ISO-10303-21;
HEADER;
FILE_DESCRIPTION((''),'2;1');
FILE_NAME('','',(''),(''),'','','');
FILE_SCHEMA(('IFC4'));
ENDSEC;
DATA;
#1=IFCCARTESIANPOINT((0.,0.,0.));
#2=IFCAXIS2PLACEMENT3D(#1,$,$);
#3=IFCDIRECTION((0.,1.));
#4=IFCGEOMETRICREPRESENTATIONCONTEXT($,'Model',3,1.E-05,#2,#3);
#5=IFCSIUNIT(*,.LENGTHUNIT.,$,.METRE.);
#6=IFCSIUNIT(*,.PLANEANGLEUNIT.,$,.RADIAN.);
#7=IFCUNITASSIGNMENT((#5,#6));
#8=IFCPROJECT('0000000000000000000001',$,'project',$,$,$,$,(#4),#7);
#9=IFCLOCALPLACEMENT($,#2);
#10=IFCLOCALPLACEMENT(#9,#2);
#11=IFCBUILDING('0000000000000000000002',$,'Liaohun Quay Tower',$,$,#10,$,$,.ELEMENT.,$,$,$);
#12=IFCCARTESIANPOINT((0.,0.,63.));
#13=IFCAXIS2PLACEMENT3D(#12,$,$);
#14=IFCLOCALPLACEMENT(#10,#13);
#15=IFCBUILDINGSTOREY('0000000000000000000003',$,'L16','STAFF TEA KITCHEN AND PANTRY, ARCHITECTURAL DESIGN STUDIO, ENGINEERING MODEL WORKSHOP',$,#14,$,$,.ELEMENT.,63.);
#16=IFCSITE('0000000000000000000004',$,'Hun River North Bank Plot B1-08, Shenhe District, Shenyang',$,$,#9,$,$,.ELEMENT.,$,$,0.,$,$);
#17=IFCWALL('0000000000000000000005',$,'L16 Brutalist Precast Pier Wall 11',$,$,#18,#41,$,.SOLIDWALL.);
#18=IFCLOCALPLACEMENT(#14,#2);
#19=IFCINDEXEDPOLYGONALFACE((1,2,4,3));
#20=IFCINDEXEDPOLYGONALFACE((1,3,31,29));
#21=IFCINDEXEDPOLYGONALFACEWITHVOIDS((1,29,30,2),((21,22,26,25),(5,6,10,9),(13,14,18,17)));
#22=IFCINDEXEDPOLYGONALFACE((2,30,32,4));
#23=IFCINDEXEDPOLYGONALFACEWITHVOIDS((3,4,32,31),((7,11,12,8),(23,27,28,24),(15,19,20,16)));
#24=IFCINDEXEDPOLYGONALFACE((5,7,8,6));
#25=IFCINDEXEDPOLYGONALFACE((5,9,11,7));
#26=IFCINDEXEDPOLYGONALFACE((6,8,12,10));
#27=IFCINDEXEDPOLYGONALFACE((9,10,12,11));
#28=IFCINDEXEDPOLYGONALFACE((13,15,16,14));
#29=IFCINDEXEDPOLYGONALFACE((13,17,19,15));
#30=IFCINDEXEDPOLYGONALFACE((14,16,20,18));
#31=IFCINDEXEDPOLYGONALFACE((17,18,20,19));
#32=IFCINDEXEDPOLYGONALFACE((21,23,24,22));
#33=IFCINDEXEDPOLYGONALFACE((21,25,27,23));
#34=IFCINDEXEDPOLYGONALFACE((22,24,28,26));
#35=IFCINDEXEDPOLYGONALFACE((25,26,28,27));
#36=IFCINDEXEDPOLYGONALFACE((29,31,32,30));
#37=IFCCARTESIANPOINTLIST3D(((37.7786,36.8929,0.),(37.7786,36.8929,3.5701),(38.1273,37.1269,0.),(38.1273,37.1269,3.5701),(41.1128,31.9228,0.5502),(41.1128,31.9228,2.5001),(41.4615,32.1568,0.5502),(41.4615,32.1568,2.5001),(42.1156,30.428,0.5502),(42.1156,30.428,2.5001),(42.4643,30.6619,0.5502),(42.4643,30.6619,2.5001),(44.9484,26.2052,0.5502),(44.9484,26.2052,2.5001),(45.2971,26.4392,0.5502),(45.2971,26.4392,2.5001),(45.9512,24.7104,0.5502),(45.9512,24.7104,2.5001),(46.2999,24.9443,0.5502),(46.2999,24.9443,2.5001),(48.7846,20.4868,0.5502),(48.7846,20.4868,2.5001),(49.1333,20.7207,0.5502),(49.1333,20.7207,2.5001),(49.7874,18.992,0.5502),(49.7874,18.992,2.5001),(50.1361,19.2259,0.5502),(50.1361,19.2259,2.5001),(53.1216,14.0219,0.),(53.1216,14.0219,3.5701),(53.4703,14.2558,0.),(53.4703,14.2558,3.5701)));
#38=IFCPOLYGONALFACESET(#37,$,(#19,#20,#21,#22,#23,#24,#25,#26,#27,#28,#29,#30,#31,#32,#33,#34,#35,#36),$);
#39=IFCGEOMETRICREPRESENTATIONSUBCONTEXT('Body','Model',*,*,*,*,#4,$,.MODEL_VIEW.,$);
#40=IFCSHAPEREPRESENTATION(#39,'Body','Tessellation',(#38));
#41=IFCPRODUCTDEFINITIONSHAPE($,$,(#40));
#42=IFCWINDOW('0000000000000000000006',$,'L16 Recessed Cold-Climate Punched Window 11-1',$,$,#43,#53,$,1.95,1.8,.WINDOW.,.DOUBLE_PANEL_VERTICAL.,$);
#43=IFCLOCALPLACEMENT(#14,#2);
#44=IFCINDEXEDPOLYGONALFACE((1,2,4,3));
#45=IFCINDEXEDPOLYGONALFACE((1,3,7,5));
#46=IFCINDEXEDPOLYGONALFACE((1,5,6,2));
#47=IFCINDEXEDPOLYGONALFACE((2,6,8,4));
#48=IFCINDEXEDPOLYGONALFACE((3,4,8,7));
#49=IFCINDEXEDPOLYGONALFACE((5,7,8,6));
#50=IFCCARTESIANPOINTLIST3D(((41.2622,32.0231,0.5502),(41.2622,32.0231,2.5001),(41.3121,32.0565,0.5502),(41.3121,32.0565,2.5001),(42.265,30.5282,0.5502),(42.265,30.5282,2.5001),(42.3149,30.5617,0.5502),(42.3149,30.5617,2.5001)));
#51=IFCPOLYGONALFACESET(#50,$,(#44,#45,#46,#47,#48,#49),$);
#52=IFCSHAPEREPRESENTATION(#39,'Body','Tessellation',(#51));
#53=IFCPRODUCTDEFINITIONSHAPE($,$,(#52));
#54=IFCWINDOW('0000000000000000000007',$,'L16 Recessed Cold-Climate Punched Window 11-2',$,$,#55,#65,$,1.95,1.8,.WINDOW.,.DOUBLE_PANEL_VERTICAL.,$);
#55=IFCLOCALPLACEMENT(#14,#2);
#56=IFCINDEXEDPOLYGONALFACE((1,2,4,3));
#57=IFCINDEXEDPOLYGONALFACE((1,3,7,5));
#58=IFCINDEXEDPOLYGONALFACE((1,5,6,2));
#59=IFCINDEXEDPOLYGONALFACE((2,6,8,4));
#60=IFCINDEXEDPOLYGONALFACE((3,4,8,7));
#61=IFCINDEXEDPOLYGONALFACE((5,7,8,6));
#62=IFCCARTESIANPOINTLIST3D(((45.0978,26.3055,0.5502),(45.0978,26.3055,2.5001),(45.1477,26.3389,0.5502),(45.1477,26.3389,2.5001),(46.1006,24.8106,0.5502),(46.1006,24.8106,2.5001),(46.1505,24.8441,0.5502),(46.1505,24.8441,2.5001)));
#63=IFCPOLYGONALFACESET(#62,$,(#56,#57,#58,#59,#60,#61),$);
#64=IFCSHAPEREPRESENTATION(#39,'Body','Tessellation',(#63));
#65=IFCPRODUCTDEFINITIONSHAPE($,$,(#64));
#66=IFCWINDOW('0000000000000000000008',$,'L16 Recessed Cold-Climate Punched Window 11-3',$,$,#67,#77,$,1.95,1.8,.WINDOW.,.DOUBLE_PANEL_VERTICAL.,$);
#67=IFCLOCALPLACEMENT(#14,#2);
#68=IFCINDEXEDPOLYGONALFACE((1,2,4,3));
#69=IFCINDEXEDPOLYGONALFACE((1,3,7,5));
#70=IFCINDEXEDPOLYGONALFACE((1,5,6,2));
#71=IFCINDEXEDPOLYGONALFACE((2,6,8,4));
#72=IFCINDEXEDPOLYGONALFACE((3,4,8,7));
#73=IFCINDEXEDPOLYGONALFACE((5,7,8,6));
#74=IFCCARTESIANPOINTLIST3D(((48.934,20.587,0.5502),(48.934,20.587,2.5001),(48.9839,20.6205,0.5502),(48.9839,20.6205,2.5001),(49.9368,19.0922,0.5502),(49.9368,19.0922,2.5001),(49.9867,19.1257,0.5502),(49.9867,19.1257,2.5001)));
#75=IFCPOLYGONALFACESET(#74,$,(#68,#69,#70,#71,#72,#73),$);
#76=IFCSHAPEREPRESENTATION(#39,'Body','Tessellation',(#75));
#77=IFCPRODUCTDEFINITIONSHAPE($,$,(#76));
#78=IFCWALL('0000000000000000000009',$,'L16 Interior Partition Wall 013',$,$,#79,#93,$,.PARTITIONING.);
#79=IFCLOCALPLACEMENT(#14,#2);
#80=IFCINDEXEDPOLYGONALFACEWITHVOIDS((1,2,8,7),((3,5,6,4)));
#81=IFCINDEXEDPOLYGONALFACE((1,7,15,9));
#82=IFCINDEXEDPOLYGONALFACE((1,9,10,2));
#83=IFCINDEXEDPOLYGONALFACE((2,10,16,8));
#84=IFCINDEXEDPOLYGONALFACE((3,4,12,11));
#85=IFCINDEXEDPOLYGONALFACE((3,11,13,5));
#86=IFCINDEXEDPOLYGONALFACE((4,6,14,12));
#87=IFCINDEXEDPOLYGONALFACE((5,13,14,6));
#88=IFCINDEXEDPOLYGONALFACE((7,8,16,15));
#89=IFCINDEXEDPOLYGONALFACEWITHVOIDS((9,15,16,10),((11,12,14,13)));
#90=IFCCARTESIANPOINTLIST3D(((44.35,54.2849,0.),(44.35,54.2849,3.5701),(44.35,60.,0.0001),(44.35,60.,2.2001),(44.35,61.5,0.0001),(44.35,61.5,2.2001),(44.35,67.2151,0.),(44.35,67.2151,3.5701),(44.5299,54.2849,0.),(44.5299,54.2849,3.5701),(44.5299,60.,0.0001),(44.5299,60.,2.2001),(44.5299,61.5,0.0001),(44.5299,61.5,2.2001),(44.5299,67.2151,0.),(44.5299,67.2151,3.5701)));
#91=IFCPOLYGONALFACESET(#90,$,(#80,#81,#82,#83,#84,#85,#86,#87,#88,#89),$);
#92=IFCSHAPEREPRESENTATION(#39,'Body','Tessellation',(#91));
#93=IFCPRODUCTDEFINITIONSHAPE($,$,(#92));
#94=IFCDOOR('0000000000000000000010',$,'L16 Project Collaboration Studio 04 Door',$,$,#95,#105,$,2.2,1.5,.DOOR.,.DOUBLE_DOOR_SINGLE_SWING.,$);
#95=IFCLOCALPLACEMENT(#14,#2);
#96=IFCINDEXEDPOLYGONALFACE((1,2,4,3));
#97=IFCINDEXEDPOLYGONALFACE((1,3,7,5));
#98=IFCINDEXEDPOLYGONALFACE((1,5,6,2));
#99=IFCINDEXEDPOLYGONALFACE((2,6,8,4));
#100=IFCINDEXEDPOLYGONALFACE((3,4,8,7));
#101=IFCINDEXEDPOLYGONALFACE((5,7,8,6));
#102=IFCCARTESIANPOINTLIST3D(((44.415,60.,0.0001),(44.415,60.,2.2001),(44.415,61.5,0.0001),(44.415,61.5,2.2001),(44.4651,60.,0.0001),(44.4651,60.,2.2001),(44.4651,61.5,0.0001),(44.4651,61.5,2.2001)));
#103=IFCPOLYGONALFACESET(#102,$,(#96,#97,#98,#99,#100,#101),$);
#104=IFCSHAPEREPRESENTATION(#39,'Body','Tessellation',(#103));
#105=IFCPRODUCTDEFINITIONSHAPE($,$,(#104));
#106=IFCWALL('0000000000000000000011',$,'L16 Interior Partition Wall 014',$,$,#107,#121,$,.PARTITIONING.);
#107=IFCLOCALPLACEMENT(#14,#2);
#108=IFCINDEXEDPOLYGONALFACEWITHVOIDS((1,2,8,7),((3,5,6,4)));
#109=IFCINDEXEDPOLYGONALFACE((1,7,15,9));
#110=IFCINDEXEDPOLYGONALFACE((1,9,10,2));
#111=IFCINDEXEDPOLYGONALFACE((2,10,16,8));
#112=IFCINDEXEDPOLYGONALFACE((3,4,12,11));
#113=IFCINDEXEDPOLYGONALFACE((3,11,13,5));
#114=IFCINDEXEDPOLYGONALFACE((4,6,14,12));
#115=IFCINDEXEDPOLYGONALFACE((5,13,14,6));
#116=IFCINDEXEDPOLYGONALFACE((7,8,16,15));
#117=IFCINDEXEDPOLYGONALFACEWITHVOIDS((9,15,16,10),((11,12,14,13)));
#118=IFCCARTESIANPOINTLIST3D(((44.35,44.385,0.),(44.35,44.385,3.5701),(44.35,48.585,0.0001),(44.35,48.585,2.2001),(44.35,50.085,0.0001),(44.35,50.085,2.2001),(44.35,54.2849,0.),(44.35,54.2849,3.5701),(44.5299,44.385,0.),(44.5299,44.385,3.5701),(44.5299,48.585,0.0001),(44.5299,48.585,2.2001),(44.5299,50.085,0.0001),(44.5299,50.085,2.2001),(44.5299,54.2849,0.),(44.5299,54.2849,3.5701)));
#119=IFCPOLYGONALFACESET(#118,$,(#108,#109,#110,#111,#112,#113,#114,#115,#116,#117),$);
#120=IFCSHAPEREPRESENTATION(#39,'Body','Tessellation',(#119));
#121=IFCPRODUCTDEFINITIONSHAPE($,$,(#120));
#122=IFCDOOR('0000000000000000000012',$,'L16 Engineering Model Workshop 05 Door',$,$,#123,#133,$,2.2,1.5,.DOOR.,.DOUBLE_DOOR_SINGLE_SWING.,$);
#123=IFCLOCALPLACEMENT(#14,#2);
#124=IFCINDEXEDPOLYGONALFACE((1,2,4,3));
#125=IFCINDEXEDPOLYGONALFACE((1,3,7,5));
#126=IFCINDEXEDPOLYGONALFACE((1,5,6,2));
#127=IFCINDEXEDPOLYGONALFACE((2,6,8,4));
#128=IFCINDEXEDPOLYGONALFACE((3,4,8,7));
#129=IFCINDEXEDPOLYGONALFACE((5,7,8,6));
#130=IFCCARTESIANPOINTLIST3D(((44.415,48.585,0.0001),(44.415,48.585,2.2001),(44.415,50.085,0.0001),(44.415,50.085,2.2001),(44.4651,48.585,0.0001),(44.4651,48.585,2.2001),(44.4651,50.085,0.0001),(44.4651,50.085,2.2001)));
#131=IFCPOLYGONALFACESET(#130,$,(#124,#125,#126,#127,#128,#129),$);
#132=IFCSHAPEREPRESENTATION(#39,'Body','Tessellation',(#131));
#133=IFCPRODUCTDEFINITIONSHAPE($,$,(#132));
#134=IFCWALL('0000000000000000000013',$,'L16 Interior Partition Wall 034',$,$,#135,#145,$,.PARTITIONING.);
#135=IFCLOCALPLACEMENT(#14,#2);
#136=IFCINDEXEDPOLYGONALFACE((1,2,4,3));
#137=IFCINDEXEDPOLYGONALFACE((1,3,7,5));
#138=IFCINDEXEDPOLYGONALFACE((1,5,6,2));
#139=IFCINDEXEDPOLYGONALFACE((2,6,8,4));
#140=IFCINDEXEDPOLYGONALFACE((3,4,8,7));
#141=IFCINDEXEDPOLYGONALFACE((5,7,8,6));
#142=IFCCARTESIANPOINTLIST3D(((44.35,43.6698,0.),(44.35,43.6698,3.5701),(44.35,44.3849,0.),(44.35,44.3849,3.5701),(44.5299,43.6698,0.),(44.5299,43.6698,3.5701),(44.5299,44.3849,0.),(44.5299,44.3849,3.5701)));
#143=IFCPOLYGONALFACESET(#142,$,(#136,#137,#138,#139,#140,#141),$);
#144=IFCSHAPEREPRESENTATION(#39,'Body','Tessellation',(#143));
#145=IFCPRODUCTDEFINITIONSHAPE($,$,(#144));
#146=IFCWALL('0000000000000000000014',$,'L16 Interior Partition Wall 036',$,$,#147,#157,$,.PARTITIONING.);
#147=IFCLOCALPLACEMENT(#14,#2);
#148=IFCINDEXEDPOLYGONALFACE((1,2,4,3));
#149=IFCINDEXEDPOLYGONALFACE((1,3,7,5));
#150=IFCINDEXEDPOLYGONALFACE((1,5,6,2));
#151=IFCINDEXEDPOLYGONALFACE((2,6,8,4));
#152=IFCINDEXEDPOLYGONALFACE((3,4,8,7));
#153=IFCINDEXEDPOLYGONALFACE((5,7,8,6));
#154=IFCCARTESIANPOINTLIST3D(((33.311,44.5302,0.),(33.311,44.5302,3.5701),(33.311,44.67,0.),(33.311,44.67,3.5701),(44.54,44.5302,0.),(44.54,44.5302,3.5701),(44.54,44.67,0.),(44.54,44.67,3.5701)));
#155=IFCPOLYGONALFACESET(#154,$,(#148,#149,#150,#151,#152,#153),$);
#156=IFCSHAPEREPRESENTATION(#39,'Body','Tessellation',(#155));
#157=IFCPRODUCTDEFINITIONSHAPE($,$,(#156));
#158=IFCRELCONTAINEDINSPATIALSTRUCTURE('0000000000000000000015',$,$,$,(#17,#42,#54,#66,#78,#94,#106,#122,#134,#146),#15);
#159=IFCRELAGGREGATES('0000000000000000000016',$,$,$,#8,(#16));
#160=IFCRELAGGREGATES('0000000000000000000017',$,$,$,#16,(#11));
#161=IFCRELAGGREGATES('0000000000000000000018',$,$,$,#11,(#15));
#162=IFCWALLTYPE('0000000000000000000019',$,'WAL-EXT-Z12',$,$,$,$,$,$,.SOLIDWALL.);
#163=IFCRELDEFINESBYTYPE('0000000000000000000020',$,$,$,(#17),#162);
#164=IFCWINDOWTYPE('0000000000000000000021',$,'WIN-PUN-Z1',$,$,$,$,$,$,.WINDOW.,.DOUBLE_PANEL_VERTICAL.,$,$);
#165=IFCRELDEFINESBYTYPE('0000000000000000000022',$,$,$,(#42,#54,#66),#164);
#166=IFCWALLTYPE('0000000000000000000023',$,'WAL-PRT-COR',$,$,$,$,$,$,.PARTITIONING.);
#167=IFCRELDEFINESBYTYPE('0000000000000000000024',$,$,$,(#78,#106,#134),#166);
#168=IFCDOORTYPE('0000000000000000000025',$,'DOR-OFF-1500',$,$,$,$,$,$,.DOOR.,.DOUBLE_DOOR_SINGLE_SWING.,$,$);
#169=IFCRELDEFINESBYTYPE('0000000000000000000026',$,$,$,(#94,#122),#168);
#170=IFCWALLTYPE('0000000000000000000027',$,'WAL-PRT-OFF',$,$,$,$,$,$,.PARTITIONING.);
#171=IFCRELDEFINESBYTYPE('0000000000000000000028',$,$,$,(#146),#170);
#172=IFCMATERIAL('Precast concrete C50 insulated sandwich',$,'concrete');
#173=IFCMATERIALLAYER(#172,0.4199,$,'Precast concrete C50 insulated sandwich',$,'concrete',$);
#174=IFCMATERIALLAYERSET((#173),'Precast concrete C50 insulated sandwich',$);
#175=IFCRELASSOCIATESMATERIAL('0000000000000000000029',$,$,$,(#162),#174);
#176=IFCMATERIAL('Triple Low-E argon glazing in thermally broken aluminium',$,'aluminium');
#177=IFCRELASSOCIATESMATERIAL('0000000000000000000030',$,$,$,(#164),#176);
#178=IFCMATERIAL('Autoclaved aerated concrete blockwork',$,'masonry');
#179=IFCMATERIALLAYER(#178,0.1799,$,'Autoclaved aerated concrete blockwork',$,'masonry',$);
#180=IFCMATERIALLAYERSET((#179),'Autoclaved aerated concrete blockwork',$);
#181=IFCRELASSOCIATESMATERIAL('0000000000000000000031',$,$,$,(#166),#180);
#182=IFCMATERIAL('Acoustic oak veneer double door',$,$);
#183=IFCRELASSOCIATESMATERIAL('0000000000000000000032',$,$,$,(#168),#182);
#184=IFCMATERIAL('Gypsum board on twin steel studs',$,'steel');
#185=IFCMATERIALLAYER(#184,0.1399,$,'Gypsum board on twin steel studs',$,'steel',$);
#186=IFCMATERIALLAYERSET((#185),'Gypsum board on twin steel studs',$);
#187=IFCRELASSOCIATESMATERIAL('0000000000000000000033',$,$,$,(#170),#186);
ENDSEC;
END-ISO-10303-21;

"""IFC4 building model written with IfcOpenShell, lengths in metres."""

from ifc_helpers import new_model, si_unit, direction, frame, frame_2d, origin, place, context, subcontext, project, spatial, rectangle, extrude, source, transform, mapped, material, layer, layer_set, type_object, element, fill, save


model = new_model("IFC4")

# Units and contexts
model_context = context("Model", 3, precision=1e-05, world=origin(), true_north=direction((0.0, 1.0)))
body_context = subcontext(model_context, "Body", "Model", "MODEL_VIEW")
ifc_project = project(units=[si_unit("LENGTHUNIT", "METRE"), si_unit("PLANEANGLEUNIT", "RADIAN")], contexts=[model_context])

# Site, building, storey
site_placement = place(None, origin())
site = spatial("IfcSite", under=ifc_project, at=site_placement, Name="Hun River North Bank Plot B1-08, Shenhe District, Shenyang", CompositionType="ELEMENT", RefElevation=0.0)
building_placement = place(site_placement, origin())
building = spatial("IfcBuilding", under=site, at=building_placement, Name="Liaohun Quay Tower", CompositionType="ELEMENT")
storey_placement = place(building_placement, frame((0.0, 0.0, 63.0)))
storey = spatial("IfcBuildingStorey", under=building, at=storey_placement, Name="L16", Description="STAFF TEA KITCHEN AND PANTRY, ARCHITECTURAL DESIGN STUDIO, ENGINEERING MODEL WORKSHOP", CompositionType="ELEMENT", Elevation=63.0)

# Wall, openings, windows
ifc_material_1 = material(Name="Precast concrete C50 insulated sandwich", Category="concrete")
ifc_layer_1 = layer(ifc_material_1, 0.4199, Name="Precast concrete C50 insulated sandwich", Category="concrete")
ifc_layer_set_1 = layer_set([ifc_layer_1], Name="Precast concrete C50 insulated sandwich")
wall_type_1 = type_object("IfcWallType", Name="WAL-EXT-Z12", PredefinedType="SOLIDWALL", material=ifc_layer_set_1)
wall_1_placement = place(storey_placement, frame((37.9529, 37.01, 0.0), z_axis=(0.0, 0.0, 1.0), x_axis=(0.557102, -0.830444, 0.0)))
wall_1 = element("IfcWall", 1, at=wall_1_placement, inside=storey, type_object=wall_type_1, Name="L16 Brutalist Precast Pier Wall 11", PredefinedType="SOLIDWALL", context=body_context, shape_type="SweptSolid", body=[
    extrude(rectangle(XDim=27.5408, YDim=0.4199, at=frame_2d((13.7705, 0.0))), origin(), (0.0, 0.0, 1.0), 3.5701),
])
shared_shape_1 = source(origin(), body_context, "Body", "SweptSolid", [
    extrude(rectangle(XDim=1.8, YDim=1.95, at=frame_2d((0.8999, 0.9751))), frame((0.0, 0.22, 0.0), z_axis=(0.0, -1.0, 0.0), x_axis=(1.0, 0.0, 0.0)), (0.0, 0.0, 1.0), 0.4399),
])
opening_1_placement = place(wall_1_placement, frame((5.9851, 0.0, 0.55)))
opening_1 = element("IfcOpeningElement", 2, at=opening_1_placement, cuts=wall_1, PredefinedType="OPENING", context=body_context, shape_type="MappedRepresentation", body=[
    mapped(shared_shape_1, transform((0.0, 0.0, 0.0), x_axis=(1.0, 0.0, 0.0), y_axis=(0.0, 1.0, 0.0), z_axis=(0.0, 0.0, 1.0), scale=1.0)),
])
opening_2_placement = place(wall_1_placement, frame((12.8701, 0.0, 0.55)))
opening_2 = element("IfcOpeningElement", 3, at=opening_2_placement, cuts=wall_1, PredefinedType="OPENING", context=body_context, shape_type="MappedRepresentation", body=[
    mapped(shared_shape_1, transform((0.0, 0.0, 0.0), x_axis=(1.0, 0.0, 0.0), y_axis=(0.0, 1.0, 0.0), z_axis=(0.0, 0.0, 1.0), scale=1.0)),
])
opening_3_placement = place(wall_1_placement, frame((19.7561, 0.0, 0.55)))
opening_3 = element("IfcOpeningElement", 4, at=opening_3_placement, cuts=wall_1, PredefinedType="OPENING", context=body_context, shape_type="MappedRepresentation", body=[
    mapped(shared_shape_1, transform((0.0, 0.0, 0.0), x_axis=(1.0, 0.0, 0.0), y_axis=(0.0, 1.0, 0.0), z_axis=(0.0, 0.0, 1.0), scale=1.0)),
])
ifc_material_2 = material(Name="Triple Low-E argon glazing in thermally broken aluminium", Category="aluminium")
window_type = type_object("IfcWindowType", Name="WIN-PUN-Z1", PartitioningType="DOUBLE_PANEL_VERTICAL", PredefinedType="WINDOW", material=ifc_material_2)
shared_shape_2 = source(origin(), body_context, "Body", "SweptSolid", [
    extrude(rectangle(XDim=1.8, YDim=1.95, at=frame_2d((0.8999, 0.9751))), frame((0.0, 0.03, 0.0), z_axis=(0.0, -1.0, 0.0), x_axis=(1.0, 0.0, 0.0)), (0.0, 0.0, 1.0), 0.0601),
])
window_1_placement = place(opening_1_placement, origin())
window_1 = element("IfcWindow", 5, at=window_1_placement, inside=storey, type_object=window_type, Name="L16 Recessed Cold-Climate Punched Window 11-1", OverallHeight=1.95, OverallWidth=1.8, PartitioningType="DOUBLE_PANEL_VERTICAL", PredefinedType="WINDOW", context=body_context, shape_type="MappedRepresentation", body=[
    mapped(shared_shape_2, transform((0.0, 0.0, 0.0), x_axis=(1.0, 0.0, 0.0), y_axis=(0.0, 1.0, 0.0), z_axis=(0.0, 0.0, 1.0), scale=1.0)),
])
fill(opening_1, window_1)
window_2_placement = place(opening_2_placement, origin())
window_2 = element("IfcWindow", 6, at=window_2_placement, inside=storey, type_object=window_type, Name="L16 Recessed Cold-Climate Punched Window 11-2", OverallHeight=1.95, OverallWidth=1.8, PartitioningType="DOUBLE_PANEL_VERTICAL", PredefinedType="WINDOW", context=body_context, shape_type="MappedRepresentation", body=[
    mapped(shared_shape_2, transform((0.0, 0.0, 0.0), x_axis=(1.0, 0.0, 0.0), y_axis=(0.0, 1.0, 0.0), z_axis=(0.0, 0.0, 1.0), scale=1.0)),
])
fill(opening_2, window_2)
window_3_placement = place(opening_3_placement, origin())
window_3 = element("IfcWindow", 7, at=window_3_placement, inside=storey, type_object=window_type, Name="L16 Recessed Cold-Climate Punched Window 11-3", OverallHeight=1.95, OverallWidth=1.8, PartitioningType="DOUBLE_PANEL_VERTICAL", PredefinedType="WINDOW", context=body_context, shape_type="MappedRepresentation", body=[
    mapped(shared_shape_2, transform((0.0, 0.0, 0.0), x_axis=(1.0, 0.0, 0.0), y_axis=(0.0, 1.0, 0.0), z_axis=(0.0, 0.0, 1.0), scale=1.0)),
])
fill(opening_3, window_3)

# Walls, openings, doors
ifc_material_3 = material(Name="Autoclaved aerated concrete blockwork", Category="masonry")
ifc_layer_2 = layer(ifc_material_3, 0.1799, Name="Autoclaved aerated concrete blockwork", Category="masonry")
ifc_layer_set_2 = layer_set([ifc_layer_2], Name="Autoclaved aerated concrete blockwork")
wall_type_2 = type_object("IfcWallType", Name="WAL-PRT-COR", PredefinedType="PARTITIONING", material=ifc_layer_set_2)
wall_2_placement = place(storey_placement, frame((44.4399, 54.2849, 0.0), z_axis=(0.0, 0.0, 1.0), x_axis=(0.0, 1.0, 0.0)))
wall_2 = element("IfcWall", 8, at=wall_2_placement, inside=storey, type_object=wall_type_2, Name="L16 Interior Partition Wall 013", PredefinedType="PARTITIONING", context=body_context, shape_type="SweptSolid", body=[
    extrude(rectangle(XDim=12.9302, YDim=0.1799, at=frame_2d((6.4651, 0.0))), origin(), (0.0, 0.0, 1.0), 3.5701),
])
shared_shape_3 = source(origin(), body_context, "Body", "SweptSolid", [
    extrude(rectangle(XDim=1.5, YDim=2.2, at=frame_2d((0.75, 1.1001))), frame((0.0, 0.0999, 0.0), z_axis=(0.0, -1.0, 0.0), x_axis=(1.0, 0.0, 0.0)), (0.0, 0.0, 1.0), 0.2),
])
opening_4_placement = place(wall_2_placement, frame((5.7151, 0.0, 0.0)))
opening_4 = element("IfcOpeningElement", 9, at=opening_4_placement, cuts=wall_2, PredefinedType="OPENING", context=body_context, shape_type="MappedRepresentation", body=[
    mapped(shared_shape_3, transform((0.0, 0.0, 0.0), x_axis=(1.0, 0.0, 0.0), y_axis=(0.0, 1.0, 0.0), z_axis=(0.0, 0.0, 1.0), scale=1.0)),
])
ifc_material_4 = material(Name="Acoustic oak veneer double door")
door_type_1 = type_object("IfcDoorType", Name="DOR-OFF-1500", OperationType="DOUBLE_DOOR_SINGLE_SWING", PredefinedType="DOOR", material=ifc_material_4)
shared_shape_4 = source(origin(), body_context, "Body", "SweptSolid", [
    extrude(rectangle(XDim=1.5, YDim=2.2, at=frame_2d((0.75, 1.1001))), frame((0.0, 0.0249, 0.0), z_axis=(0.0, -1.0, 0.0), x_axis=(1.0, 0.0, 0.0)), (0.0, 0.0, 1.0), 0.05),
])
door_1_placement = place(opening_4_placement, origin())
door_1 = element("IfcDoor", 10, at=door_1_placement, inside=storey, type_object=door_type_1, Name="L16 Project Collaboration Studio 04 Door", OperationType="DOUBLE_DOOR_SINGLE_SWING", OverallHeight=2.2, OverallWidth=1.5, PredefinedType="DOOR", context=body_context, shape_type="MappedRepresentation", body=[
    mapped(shared_shape_4, transform((0.0, 0.0, 0.0), x_axis=(1.0, 0.0, 0.0), y_axis=(0.0, 1.0, 0.0), z_axis=(0.0, 0.0, 1.0), scale=1.0)),
])
fill(opening_4, door_1)
wall_3_placement = place(storey_placement, frame((44.4399, 44.385, 0.0), z_axis=(0.0, 0.0, 1.0), x_axis=(0.0, 1.0, 0.0)))
wall_3 = element("IfcWall", 11, at=wall_3_placement, inside=storey, type_object=wall_type_2, Name="L16 Interior Partition Wall 014", PredefinedType="PARTITIONING", context=body_context, shape_type="SweptSolid", body=[
    extrude(rectangle(XDim=9.8999, YDim=0.1799, at=frame_2d((4.95, 0.0))), origin(), (0.0, 0.0, 1.0), 3.5701),
])
opening_5_placement = place(wall_3_placement, frame((4.2, 0.0, 0.0)))
opening_5 = element("IfcOpeningElement", 12, at=opening_5_placement, cuts=wall_3, PredefinedType="OPENING", context=body_context, shape_type="MappedRepresentation", body=[
    mapped(shared_shape_3, transform((0.0, 0.0, 0.0), x_axis=(1.0, 0.0, 0.0), y_axis=(0.0, 1.0, 0.0), z_axis=(0.0, 0.0, 1.0), scale=1.0)),
])
door_2_placement = place(opening_5_placement, origin())
door_2 = element("IfcDoor", 13, at=door_2_placement, inside=storey, type_object=door_type_1, Name="L16 Engineering Model Workshop 05 Door", OperationType="DOUBLE_DOOR_SINGLE_SWING", OverallHeight=2.2, OverallWidth=1.5, PredefinedType="DOOR", context=body_context, shape_type="MappedRepresentation", body=[
    mapped(shared_shape_4, transform((0.0, 0.0, 0.0), x_axis=(1.0, 0.0, 0.0), y_axis=(0.0, 1.0, 0.0), z_axis=(0.0, 0.0, 1.0), scale=1.0)),
])
fill(opening_5, door_2)

# Walls
wall_4_placement = place(storey_placement, frame((44.4399, 43.6699, 0.0), z_axis=(0.0, 0.0, 1.0), x_axis=(0.0, 1.0, 0.0)))
element("IfcWall", 14, at=wall_4_placement, inside=storey, type_object=wall_type_2, Name="L16 Interior Partition Wall 034", PredefinedType="PARTITIONING", context=body_context, shape_type="SweptSolid", body=[
    extrude(rectangle(XDim=0.7151, YDim=0.1799, at=frame_2d((0.3574, 0.0))), origin(), (0.0, 0.0, 1.0), 3.5701),
])
ifc_material_5 = material(Name="Gypsum board on twin steel studs", Category="steel")
ifc_layer_3 = layer(ifc_material_5, 0.1399, Name="Gypsum board on twin steel studs", Category="steel")
ifc_layer_set_3 = layer_set([ifc_layer_3], Name="Gypsum board on twin steel studs")
wall_type_3 = type_object("IfcWallType", Name="WAL-PRT-OFF", PredefinedType="PARTITIONING", material=ifc_layer_set_3)
wall_5_placement = place(storey_placement, frame((44.54, 44.6001, 0.0), z_axis=(0.0, 0.0, 1.0), x_axis=(-1.0, 0.0, 0.0)))
element("IfcWall", 15, at=wall_5_placement, inside=storey, type_object=wall_type_3, Name="L16 Interior Partition Wall 036", PredefinedType="PARTITIONING", context=body_context, shape_type="SweptSolid", body=[
    extrude(rectangle(XDim=11.229, YDim=0.1399, at=frame_2d((5.6145, 0.0))), origin(), (0.0, 0.0, 1.0), 3.5701),
])

save(model, "model.ifc")
